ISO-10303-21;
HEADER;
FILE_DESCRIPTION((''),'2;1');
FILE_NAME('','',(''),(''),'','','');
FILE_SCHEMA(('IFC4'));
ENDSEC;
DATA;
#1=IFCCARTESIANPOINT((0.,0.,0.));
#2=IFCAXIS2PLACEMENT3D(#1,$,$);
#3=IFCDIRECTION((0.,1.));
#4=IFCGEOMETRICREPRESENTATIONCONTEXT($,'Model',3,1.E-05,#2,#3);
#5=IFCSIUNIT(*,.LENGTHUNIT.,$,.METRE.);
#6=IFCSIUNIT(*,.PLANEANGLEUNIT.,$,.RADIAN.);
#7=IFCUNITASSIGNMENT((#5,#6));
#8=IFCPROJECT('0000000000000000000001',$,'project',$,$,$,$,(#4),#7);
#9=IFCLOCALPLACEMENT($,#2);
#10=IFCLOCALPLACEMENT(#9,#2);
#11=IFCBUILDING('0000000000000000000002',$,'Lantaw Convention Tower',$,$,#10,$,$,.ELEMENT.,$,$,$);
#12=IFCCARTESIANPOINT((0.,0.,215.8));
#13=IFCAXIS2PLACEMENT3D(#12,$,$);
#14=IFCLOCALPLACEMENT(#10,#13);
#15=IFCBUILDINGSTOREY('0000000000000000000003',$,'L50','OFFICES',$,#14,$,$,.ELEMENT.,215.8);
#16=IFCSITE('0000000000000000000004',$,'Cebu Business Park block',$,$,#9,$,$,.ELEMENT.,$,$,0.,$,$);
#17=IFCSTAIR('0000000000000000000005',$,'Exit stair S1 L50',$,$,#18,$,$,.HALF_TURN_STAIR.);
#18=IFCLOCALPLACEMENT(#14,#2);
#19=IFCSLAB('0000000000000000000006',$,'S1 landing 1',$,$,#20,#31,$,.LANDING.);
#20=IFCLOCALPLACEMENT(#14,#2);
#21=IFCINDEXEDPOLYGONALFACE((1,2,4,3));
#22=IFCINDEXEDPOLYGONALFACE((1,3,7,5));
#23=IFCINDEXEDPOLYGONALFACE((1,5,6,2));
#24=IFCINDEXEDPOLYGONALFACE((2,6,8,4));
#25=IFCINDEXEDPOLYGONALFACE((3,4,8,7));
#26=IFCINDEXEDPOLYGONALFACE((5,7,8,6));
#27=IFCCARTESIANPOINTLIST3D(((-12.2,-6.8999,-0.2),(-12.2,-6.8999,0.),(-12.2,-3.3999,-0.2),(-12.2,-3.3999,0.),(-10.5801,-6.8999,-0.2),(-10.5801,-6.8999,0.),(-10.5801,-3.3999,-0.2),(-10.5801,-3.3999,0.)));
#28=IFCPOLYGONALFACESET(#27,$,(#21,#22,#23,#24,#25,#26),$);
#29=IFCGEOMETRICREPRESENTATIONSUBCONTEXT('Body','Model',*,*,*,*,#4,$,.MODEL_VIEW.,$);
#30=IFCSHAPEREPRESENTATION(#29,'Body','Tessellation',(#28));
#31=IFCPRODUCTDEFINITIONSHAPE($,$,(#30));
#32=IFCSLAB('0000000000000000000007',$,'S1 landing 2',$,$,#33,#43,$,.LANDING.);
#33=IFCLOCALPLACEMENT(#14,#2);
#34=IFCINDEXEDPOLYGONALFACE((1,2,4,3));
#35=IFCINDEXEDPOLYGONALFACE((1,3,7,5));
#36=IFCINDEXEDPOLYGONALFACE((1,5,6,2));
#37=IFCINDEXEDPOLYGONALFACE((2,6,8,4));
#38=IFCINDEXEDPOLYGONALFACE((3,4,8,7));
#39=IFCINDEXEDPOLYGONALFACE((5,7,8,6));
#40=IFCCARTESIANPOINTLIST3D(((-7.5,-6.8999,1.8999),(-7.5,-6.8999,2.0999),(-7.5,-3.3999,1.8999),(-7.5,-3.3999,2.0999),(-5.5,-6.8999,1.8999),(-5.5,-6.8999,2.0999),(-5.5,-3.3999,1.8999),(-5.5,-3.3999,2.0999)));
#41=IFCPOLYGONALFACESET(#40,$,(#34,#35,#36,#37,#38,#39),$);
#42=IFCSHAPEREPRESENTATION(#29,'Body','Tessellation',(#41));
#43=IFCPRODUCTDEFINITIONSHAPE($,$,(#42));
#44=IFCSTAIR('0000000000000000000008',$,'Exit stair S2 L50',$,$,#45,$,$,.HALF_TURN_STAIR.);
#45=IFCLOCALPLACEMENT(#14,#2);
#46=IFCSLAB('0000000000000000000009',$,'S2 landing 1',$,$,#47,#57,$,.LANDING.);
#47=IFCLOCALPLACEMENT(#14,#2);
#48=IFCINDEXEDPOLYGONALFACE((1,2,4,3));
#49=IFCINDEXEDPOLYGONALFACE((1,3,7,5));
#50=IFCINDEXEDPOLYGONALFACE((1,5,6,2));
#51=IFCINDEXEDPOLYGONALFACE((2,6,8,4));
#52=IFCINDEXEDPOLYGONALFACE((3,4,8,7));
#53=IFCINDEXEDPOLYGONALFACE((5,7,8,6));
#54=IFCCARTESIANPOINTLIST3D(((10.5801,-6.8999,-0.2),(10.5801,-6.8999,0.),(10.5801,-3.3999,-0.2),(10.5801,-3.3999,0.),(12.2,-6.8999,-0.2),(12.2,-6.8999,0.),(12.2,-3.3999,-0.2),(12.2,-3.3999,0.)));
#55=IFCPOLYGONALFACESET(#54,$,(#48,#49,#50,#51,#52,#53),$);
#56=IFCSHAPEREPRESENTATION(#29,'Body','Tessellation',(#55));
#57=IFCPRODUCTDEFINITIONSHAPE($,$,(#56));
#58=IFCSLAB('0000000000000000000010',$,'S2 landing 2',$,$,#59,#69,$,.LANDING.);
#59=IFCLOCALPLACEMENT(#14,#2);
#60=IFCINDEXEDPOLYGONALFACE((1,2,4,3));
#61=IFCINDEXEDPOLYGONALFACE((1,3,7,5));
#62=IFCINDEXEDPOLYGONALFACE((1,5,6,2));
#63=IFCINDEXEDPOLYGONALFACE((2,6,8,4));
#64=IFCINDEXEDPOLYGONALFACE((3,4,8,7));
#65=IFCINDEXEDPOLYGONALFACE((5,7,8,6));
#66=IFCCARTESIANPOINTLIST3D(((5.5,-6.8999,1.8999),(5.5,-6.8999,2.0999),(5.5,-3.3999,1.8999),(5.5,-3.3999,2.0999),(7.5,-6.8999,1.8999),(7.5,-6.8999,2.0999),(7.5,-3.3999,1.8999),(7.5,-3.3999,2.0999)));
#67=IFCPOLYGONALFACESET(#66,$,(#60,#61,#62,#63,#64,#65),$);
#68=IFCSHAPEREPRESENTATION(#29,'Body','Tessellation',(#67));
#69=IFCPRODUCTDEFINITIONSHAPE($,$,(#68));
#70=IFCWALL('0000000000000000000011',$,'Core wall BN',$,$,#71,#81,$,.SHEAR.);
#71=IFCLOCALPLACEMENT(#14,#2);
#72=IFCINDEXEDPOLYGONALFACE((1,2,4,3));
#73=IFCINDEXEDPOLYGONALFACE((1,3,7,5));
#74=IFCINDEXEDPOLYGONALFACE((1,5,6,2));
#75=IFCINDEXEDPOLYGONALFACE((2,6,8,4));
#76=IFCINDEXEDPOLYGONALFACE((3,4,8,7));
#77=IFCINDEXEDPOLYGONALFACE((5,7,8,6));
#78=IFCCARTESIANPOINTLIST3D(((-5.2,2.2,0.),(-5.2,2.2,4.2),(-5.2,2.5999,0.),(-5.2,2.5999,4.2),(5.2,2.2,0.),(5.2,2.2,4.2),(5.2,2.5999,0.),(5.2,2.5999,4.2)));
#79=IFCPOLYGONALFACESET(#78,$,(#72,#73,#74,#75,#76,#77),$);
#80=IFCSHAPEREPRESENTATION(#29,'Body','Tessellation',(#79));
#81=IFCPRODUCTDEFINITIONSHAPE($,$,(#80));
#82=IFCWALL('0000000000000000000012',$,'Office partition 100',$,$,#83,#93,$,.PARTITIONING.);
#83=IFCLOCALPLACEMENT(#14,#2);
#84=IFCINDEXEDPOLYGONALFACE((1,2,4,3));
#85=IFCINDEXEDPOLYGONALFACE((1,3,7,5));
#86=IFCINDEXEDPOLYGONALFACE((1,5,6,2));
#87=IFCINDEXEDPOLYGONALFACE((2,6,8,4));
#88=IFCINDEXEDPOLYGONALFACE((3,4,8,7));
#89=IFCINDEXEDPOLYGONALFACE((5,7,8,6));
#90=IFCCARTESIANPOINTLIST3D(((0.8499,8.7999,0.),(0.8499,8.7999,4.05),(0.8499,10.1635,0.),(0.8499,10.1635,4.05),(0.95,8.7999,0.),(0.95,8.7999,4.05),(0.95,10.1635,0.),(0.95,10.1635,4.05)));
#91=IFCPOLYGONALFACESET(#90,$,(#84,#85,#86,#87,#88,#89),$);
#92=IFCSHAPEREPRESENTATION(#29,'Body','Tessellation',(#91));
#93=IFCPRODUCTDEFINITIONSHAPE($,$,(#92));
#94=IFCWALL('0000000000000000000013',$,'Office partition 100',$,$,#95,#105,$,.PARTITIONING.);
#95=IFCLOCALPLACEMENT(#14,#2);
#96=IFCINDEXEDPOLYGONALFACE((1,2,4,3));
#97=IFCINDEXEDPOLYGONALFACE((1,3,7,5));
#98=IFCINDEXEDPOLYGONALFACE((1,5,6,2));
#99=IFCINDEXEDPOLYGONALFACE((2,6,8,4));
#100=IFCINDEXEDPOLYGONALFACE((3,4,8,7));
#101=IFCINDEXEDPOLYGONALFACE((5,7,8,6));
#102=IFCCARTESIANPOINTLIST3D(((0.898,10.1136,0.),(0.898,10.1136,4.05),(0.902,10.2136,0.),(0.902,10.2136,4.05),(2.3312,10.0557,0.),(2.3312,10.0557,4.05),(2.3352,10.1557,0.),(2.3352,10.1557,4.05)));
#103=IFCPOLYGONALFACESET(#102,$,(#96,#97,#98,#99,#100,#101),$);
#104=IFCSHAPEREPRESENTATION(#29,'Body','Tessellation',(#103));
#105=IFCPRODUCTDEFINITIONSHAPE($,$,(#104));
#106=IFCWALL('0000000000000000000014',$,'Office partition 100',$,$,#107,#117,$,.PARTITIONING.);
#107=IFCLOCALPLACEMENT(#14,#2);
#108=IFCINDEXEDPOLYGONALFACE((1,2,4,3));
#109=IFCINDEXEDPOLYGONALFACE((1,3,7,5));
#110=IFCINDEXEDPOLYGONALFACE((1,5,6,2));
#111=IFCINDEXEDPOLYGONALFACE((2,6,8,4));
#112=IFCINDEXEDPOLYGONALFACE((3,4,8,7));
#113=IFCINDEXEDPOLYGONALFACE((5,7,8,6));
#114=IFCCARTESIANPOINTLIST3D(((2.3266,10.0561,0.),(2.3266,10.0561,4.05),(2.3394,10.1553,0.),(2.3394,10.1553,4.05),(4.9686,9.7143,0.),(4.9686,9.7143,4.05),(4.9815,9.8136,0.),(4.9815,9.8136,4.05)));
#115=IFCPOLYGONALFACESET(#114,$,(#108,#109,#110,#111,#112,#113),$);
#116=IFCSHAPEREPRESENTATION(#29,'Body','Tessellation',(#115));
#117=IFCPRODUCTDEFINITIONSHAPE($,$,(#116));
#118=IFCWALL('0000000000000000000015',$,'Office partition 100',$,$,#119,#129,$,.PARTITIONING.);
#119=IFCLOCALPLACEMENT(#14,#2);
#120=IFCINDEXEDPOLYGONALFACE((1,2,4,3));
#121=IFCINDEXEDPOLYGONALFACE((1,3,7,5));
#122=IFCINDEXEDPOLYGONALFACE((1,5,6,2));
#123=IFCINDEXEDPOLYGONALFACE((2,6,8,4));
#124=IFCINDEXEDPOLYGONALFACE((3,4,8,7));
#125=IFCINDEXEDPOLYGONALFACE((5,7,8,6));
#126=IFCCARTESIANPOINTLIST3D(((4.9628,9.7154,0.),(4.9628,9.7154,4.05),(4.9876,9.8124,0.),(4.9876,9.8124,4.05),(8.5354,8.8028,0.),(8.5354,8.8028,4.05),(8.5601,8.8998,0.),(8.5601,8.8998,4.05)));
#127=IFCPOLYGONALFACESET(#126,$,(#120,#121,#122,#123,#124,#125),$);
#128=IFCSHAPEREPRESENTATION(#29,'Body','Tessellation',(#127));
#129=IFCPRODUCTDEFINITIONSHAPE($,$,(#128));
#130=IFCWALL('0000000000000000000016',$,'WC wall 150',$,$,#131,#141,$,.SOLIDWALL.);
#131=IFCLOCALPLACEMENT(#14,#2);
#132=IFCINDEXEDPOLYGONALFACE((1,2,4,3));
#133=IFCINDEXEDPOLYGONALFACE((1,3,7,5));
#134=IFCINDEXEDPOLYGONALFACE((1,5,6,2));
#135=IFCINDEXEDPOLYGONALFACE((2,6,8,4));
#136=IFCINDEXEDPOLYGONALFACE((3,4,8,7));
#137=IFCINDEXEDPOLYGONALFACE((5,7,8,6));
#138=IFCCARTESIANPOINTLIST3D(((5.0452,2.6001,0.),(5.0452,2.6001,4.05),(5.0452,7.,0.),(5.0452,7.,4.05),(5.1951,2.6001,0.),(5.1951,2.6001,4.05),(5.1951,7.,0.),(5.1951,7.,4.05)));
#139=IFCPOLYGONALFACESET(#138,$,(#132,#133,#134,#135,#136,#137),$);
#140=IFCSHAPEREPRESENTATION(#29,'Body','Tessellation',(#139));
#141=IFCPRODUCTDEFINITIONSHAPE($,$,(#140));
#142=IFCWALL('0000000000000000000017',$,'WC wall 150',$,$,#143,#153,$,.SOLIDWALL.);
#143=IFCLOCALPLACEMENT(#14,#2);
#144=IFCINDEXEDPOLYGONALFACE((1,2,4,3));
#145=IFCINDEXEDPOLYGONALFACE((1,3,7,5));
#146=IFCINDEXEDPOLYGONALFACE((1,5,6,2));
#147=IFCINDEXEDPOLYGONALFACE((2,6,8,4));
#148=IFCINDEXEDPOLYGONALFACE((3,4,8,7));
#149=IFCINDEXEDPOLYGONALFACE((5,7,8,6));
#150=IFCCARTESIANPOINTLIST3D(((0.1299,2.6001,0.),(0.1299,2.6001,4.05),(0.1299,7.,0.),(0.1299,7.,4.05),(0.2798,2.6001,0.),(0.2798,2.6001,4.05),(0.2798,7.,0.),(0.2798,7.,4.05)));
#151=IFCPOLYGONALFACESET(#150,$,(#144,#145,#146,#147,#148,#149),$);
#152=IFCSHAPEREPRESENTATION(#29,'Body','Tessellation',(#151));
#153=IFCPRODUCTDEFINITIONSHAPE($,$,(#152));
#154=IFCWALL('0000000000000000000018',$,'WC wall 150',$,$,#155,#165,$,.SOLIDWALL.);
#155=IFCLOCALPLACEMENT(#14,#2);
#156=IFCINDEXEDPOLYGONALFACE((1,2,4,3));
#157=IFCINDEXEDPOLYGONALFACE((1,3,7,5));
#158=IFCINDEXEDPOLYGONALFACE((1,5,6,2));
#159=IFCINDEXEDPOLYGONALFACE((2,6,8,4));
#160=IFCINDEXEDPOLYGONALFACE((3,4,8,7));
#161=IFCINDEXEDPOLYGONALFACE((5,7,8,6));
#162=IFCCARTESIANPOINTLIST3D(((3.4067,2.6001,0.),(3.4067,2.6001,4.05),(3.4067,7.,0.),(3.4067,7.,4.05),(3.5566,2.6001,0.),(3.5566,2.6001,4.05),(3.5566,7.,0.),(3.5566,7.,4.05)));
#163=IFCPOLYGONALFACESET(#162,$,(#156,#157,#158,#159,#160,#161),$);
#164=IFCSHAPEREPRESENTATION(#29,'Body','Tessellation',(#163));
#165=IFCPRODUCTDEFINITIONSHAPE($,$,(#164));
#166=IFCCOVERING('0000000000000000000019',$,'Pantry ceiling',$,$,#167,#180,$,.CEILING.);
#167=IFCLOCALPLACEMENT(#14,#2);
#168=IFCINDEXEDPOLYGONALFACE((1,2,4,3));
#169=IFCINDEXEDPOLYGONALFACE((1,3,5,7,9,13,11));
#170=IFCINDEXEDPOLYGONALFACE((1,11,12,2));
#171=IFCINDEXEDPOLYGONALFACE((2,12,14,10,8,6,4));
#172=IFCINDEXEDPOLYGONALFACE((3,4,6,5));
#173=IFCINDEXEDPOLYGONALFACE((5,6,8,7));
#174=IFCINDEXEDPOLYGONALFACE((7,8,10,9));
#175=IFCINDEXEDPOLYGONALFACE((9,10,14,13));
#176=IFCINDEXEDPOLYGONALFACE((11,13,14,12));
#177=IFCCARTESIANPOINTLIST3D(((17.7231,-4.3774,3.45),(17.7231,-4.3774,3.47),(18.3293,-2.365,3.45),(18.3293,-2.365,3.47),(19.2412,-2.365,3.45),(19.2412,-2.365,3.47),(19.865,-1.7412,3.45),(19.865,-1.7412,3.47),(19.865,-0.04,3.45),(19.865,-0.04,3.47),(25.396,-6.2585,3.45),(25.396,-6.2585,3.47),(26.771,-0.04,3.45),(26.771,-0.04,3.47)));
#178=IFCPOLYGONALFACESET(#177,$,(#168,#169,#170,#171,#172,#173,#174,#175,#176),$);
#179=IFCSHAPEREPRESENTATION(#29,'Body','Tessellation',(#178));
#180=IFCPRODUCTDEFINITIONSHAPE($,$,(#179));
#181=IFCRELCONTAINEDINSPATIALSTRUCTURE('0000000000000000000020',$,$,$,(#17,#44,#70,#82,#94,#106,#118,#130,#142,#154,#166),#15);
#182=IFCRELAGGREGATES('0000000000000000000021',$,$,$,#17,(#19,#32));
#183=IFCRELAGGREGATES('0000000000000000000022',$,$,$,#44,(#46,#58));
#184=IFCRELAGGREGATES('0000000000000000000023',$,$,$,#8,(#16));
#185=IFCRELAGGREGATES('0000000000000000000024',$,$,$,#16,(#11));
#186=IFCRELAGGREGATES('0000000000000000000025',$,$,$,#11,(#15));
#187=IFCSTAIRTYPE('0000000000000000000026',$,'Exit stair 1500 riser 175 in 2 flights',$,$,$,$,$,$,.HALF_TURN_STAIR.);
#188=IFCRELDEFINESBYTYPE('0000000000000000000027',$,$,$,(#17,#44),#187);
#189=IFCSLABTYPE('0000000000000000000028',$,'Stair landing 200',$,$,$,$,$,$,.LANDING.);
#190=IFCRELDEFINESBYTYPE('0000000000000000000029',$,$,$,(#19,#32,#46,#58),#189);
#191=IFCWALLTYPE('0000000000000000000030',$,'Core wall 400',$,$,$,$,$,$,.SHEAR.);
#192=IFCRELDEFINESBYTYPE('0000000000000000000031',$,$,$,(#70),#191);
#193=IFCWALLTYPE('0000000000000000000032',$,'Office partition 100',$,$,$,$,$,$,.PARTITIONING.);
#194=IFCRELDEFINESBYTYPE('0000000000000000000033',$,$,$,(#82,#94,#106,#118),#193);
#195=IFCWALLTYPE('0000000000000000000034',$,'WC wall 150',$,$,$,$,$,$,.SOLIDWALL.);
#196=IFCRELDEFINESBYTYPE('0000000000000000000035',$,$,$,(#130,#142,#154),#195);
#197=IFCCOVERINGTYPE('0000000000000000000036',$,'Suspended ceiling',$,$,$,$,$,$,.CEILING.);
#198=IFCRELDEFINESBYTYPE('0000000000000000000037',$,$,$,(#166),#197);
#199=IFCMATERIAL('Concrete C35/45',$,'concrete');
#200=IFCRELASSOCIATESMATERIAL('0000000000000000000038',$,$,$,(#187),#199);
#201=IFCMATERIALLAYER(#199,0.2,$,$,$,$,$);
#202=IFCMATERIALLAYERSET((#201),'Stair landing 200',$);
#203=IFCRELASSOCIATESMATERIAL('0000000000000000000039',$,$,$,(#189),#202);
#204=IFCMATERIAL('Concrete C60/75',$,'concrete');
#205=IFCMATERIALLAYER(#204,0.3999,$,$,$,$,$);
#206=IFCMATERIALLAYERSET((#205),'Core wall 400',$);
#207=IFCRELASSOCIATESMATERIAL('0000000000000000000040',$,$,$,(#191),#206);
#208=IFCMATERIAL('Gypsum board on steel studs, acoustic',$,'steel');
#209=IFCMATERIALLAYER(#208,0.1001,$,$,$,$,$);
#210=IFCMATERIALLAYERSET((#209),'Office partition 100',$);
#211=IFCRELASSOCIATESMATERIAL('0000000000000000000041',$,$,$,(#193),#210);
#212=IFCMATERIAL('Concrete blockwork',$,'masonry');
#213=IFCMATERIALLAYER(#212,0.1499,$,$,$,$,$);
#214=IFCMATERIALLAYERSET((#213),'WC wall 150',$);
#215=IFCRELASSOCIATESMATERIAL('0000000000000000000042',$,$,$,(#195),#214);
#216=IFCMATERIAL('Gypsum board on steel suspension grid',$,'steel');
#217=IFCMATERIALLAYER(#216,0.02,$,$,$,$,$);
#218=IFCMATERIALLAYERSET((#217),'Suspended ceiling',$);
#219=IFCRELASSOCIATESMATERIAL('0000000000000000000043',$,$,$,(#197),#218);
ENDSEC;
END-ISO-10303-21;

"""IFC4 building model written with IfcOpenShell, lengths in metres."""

from ifc_helpers import new_model, si_unit, direction, frame, frame_2d, origin, place, context, subcontext, project, spatial, polyline, rectangle, outline, extrude, material, layer, layer_set, type_object, element, aggregate, save


model = new_model("IFC4")

# Units and contexts
model_context = context("Model", 3, precision=1e-05, world=origin(), true_north=direction((0.0, 1.0)))
body_context = subcontext(model_context, "Body", "Model", "MODEL_VIEW")
ifc_project = project(units=[si_unit("LENGTHUNIT", "METRE"), si_unit("PLANEANGLEUNIT", "RADIAN")], contexts=[model_context])

# Site, building, storey
site_placement = place(None, origin())
site = spatial("IfcSite", under=ifc_project, at=site_placement, Name="Cebu Business Park block", CompositionType="ELEMENT", RefElevation=0.0)
building_placement = place(site_placement, origin())
building = spatial("IfcBuilding", under=site, at=building_placement, Name="Lantaw Convention Tower", CompositionType="ELEMENT")
storey_placement = place(building_placement, frame((0.0, 0.0, 215.8)))
storey = spatial("IfcBuildingStorey", under=building, at=storey_placement, Name="L50", Description="OFFICES", CompositionType="ELEMENT", Elevation=215.8)

# Stairs, slabs
ifc_material_1 = material(Name="Concrete C35/45", Category="concrete")
stair_type = type_object("IfcStairType", Name="Exit stair 1500 riser 175 in 2 flights", PredefinedType="HALF_TURN_STAIR", material=ifc_material_1)
stair_1_placement = place(storey_placement, origin())
stair_1 = element("IfcStair", 1, at=stair_1_placement, inside=storey, type_object=stair_type, Name="Exit stair S1 L50", PredefinedType="HALF_TURN_STAIR")
ifc_layer_1 = layer(ifc_material_1, 0.2)
ifc_layer_set_1 = layer_set([ifc_layer_1], Name="Stair landing 200")
slab_type = type_object("IfcSlabType", Name="Stair landing 200", PredefinedType="LANDING", material=ifc_layer_set_1)
slab_1_placement = place(storey_placement, frame((0.0, 0.0, -0.2)))
slab_1 = element("IfcSlab", 2, at=slab_1_placement, type_object=slab_type, Name="S1 landing 1", PredefinedType="LANDING", context=body_context, shape_type="SweptSolid", body=[
    extrude(outline(polyline([(-12.2, -6.8999), (-10.5801, -6.8999), (-10.5801, -3.3999), (-12.2, -3.3999), (-12.2, -6.8999)])), origin(), (0.0, 0.0, 1.0), 0.2),
])
slab_2_placement = place(storey_placement, frame((0.0, 0.0, 1.8999)))
slab_2 = element("IfcSlab", 3, at=slab_2_placement, type_object=slab_type, Name="S1 landing 2", PredefinedType="LANDING", context=body_context, shape_type="SweptSolid", body=[
    extrude(outline(polyline([(-7.5, -6.8999), (-5.5, -6.8999), (-5.5, -3.3999), (-7.5, -3.3999), (-7.5, -6.8999)])), origin(), (0.0, 0.0, 1.0), 0.2),
])
aggregate(stair_1, [slab_1, slab_2])
stair_2_placement = place(storey_placement, origin())
stair_2 = element("IfcStair", 4, at=stair_2_placement, inside=storey, type_object=stair_type, Name="Exit stair S2 L50", PredefinedType="HALF_TURN_STAIR")
slab_3_placement = place(storey_placement, frame((0.0, 0.0, -0.2)))
slab_3 = element("IfcSlab", 5, at=slab_3_placement, type_object=slab_type, Name="S2 landing 1", PredefinedType="LANDING", context=body_context, shape_type="SweptSolid", body=[
    extrude(outline(polyline([(10.5801, -6.8999), (12.2, -6.8999), (12.2, -3.3999), (10.5801, -3.3999), (10.5801, -6.8999)])), origin(), (0.0, 0.0, 1.0), 0.2),
])
slab_4_placement = place(storey_placement, frame((0.0, 0.0, 1.8999)))
slab_4 = element("IfcSlab", 6, at=slab_4_placement, type_object=slab_type, Name="S2 landing 2", PredefinedType="LANDING", context=body_context, shape_type="SweptSolid", body=[
    extrude(outline(polyline([(5.5, -6.8999), (7.5, -6.8999), (7.5, -3.3999), (5.5, -3.3999), (5.5, -6.8999)])), origin(), (0.0, 0.0, 1.0), 0.2),
])
aggregate(stair_2, [slab_3, slab_4])

# Walls
ifc_material_2 = material(Name="Concrete C60/75", Category="concrete")
ifc_layer_2 = layer(ifc_material_2, 0.3999)
ifc_layer_set_2 = layer_set([ifc_layer_2], Name="Core wall 400")
wall_type_1 = type_object("IfcWallType", Name="Core wall 400", PredefinedType="SHEAR", material=ifc_layer_set_2)
wall_1_placement = place(storey_placement, frame((5.2, 2.3999, 0.0), z_axis=(0.0, 0.0, 1.0), x_axis=(-1.0, 0.0, 0.0)))
element("IfcWall", 7, at=wall_1_placement, inside=storey, type_object=wall_type_1, Name="Core wall BN", PredefinedType="SHEAR", context=body_context, shape_type="SweptSolid", body=[
    extrude(rectangle(XDim=10.3999, YDim=0.3999, at=frame_2d((5.2, 0.0))), origin(), (0.0, 0.0, 1.0), 4.2),
])
ifc_material_3 = material(Name="Gypsum board on steel studs, acoustic", Category="steel")
ifc_layer_3 = layer(ifc_material_3, 0.1001)
ifc_layer_set_3 = layer_set([ifc_layer_3], Name="Office partition 100")
wall_type_2 = type_object("IfcWallType", Name="Office partition 100", PredefinedType="PARTITIONING", material=ifc_layer_set_3)
wall_2_placement = place(storey_placement, frame((0.8999, 8.8, 0.0), z_axis=(0.0, 0.0, 1.0), x_axis=(0.0, 1.0, 0.0)))
element("IfcWall", 8, at=wall_2_placement, inside=storey, type_object=wall_type_2, Name="Office partition 100", PredefinedType="PARTITIONING", context=body_context, shape_type="SweptSolid", body=[
    extrude(rectangle(XDim=1.3635, YDim=0.1001, at=frame_2d((0.6816, 0.0))), origin(), (0.0, 0.0, 1.0), 4.05),
])
wall_3_placement = place(storey_placement, frame((0.8999, 10.1636, 0.0), z_axis=(0.0, 0.0, 1.0), x_axis=(0.999186, -0.040342, 0.0)))
element("IfcWall", 9, at=wall_3_placement, inside=storey, type_object=wall_type_2, Name="Office partition 100", PredefinedType="PARTITIONING", context=body_context, shape_type="SweptSolid", body=[
    extrude(rectangle(XDim=1.4343, YDim=0.1001, at=frame_2d((0.7173, 0.0))), origin(), (0.0, 0.0, 1.0), 4.05),
])
wall_4_placement = place(storey_placement, frame((2.333, 10.1057, 0.0), z_axis=(0.0, 0.0, 1.0), x_axis=(0.991736, -0.128297, 0.0)))
element("IfcWall", 10, at=wall_4_placement, inside=storey, type_object=wall_type_2, Name="Office partition 100", PredefinedType="PARTITIONING", context=body_context, shape_type="SweptSolid", body=[
    extrude(rectangle(XDim=2.6641, YDim=0.1001, at=frame_2d((1.332, 0.0))), origin(), (0.0, 0.0, 1.0), 4.05),
])
wall_5_placement = place(storey_placement, frame((4.9751, 9.7639, 0.0), z_axis=(0.0, 0.0, 1.0), x_axis=(0.968887, -0.247502, 0.0)))
element("IfcWall", 11, at=wall_5_placement, inside=storey, type_object=wall_type_2, Name="Office partition 100", PredefinedType="PARTITIONING", context=body_context, shape_type="SweptSolid", body=[
    extrude(rectangle(XDim=3.6873, YDim=0.1001, at=frame_2d((1.8438, 0.0))), origin(), (0.0, 0.0, 1.0), 4.05),
])
ifc_material_4 = material(Name="Concrete blockwork", Category="masonry")
ifc_layer_4 = layer(ifc_material_4, 0.1499)
ifc_layer_set_4 = layer_set([ifc_layer_4], Name="WC wall 150")
wall_type_3 = type_object("IfcWallType", Name="WC wall 150", PredefinedType="SOLIDWALL", material=ifc_layer_set_4)
for number, where, z_axis, x_axis, name in (
    (12, (5.1201, 2.6001, 0.0), (0.0, 0.0, 1.0), (0.0, 1.0, 0.0), "WC wall 150"),
    (13, (0.2048, 2.6001, 0.0), (0.0, 0.0, 1.0), (0.0, 1.0, 0.0), "WC wall 150"),
    (14, (3.4817, 2.6001, 0.0), (0.0, 0.0, 1.0), (0.0, 1.0, 0.0), "WC wall 150"),
):
    element("IfcWall", number, at=place(storey_placement, frame(where, z_axis=z_axis, x_axis=x_axis)), inside=storey, type_object=wall_type_3, Name=name, PredefinedType="SOLIDWALL", context=body_context, shape_type="SweptSolid", body=[
        extrude(rectangle(XDim=4.3999, YDim=0.1499, at=frame_2d((2.2, 0.0))), origin(), (0.0, 0.0, 1.0), 4.05),
    ])

# Covering
ifc_material_5 = material(Name="Gypsum board on steel suspension grid", Category="steel")
ifc_layer_5 = layer(ifc_material_5, 0.02)
ifc_layer_set_5 = layer_set([ifc_layer_5], Name="Suspended ceiling")
covering_type = type_object("IfcCoveringType", Name="Suspended ceiling", PredefinedType="CEILING", material=ifc_layer_set_5)
covering_placement = place(storey_placement, frame((0.0, 0.0, 3.45)))
element("IfcCovering", 15, at=covering_placement, inside=storey, type_object=covering_type, Name="Pantry ceiling", PredefinedType="CEILING", context=body_context, shape_type="SweptSolid", body=[
    extrude(outline(polyline([(18.3293, -2.365), (17.7231, -4.3774), (25.396, -6.2585), (26.771, -0.04), (19.865, -0.04), (19.865, -1.7412), (19.2412, -2.365), (18.3293, -2.365)])), origin(), (0.0, 0.0, 1.0), 0.02),
])

save(model, "model.ifc")
